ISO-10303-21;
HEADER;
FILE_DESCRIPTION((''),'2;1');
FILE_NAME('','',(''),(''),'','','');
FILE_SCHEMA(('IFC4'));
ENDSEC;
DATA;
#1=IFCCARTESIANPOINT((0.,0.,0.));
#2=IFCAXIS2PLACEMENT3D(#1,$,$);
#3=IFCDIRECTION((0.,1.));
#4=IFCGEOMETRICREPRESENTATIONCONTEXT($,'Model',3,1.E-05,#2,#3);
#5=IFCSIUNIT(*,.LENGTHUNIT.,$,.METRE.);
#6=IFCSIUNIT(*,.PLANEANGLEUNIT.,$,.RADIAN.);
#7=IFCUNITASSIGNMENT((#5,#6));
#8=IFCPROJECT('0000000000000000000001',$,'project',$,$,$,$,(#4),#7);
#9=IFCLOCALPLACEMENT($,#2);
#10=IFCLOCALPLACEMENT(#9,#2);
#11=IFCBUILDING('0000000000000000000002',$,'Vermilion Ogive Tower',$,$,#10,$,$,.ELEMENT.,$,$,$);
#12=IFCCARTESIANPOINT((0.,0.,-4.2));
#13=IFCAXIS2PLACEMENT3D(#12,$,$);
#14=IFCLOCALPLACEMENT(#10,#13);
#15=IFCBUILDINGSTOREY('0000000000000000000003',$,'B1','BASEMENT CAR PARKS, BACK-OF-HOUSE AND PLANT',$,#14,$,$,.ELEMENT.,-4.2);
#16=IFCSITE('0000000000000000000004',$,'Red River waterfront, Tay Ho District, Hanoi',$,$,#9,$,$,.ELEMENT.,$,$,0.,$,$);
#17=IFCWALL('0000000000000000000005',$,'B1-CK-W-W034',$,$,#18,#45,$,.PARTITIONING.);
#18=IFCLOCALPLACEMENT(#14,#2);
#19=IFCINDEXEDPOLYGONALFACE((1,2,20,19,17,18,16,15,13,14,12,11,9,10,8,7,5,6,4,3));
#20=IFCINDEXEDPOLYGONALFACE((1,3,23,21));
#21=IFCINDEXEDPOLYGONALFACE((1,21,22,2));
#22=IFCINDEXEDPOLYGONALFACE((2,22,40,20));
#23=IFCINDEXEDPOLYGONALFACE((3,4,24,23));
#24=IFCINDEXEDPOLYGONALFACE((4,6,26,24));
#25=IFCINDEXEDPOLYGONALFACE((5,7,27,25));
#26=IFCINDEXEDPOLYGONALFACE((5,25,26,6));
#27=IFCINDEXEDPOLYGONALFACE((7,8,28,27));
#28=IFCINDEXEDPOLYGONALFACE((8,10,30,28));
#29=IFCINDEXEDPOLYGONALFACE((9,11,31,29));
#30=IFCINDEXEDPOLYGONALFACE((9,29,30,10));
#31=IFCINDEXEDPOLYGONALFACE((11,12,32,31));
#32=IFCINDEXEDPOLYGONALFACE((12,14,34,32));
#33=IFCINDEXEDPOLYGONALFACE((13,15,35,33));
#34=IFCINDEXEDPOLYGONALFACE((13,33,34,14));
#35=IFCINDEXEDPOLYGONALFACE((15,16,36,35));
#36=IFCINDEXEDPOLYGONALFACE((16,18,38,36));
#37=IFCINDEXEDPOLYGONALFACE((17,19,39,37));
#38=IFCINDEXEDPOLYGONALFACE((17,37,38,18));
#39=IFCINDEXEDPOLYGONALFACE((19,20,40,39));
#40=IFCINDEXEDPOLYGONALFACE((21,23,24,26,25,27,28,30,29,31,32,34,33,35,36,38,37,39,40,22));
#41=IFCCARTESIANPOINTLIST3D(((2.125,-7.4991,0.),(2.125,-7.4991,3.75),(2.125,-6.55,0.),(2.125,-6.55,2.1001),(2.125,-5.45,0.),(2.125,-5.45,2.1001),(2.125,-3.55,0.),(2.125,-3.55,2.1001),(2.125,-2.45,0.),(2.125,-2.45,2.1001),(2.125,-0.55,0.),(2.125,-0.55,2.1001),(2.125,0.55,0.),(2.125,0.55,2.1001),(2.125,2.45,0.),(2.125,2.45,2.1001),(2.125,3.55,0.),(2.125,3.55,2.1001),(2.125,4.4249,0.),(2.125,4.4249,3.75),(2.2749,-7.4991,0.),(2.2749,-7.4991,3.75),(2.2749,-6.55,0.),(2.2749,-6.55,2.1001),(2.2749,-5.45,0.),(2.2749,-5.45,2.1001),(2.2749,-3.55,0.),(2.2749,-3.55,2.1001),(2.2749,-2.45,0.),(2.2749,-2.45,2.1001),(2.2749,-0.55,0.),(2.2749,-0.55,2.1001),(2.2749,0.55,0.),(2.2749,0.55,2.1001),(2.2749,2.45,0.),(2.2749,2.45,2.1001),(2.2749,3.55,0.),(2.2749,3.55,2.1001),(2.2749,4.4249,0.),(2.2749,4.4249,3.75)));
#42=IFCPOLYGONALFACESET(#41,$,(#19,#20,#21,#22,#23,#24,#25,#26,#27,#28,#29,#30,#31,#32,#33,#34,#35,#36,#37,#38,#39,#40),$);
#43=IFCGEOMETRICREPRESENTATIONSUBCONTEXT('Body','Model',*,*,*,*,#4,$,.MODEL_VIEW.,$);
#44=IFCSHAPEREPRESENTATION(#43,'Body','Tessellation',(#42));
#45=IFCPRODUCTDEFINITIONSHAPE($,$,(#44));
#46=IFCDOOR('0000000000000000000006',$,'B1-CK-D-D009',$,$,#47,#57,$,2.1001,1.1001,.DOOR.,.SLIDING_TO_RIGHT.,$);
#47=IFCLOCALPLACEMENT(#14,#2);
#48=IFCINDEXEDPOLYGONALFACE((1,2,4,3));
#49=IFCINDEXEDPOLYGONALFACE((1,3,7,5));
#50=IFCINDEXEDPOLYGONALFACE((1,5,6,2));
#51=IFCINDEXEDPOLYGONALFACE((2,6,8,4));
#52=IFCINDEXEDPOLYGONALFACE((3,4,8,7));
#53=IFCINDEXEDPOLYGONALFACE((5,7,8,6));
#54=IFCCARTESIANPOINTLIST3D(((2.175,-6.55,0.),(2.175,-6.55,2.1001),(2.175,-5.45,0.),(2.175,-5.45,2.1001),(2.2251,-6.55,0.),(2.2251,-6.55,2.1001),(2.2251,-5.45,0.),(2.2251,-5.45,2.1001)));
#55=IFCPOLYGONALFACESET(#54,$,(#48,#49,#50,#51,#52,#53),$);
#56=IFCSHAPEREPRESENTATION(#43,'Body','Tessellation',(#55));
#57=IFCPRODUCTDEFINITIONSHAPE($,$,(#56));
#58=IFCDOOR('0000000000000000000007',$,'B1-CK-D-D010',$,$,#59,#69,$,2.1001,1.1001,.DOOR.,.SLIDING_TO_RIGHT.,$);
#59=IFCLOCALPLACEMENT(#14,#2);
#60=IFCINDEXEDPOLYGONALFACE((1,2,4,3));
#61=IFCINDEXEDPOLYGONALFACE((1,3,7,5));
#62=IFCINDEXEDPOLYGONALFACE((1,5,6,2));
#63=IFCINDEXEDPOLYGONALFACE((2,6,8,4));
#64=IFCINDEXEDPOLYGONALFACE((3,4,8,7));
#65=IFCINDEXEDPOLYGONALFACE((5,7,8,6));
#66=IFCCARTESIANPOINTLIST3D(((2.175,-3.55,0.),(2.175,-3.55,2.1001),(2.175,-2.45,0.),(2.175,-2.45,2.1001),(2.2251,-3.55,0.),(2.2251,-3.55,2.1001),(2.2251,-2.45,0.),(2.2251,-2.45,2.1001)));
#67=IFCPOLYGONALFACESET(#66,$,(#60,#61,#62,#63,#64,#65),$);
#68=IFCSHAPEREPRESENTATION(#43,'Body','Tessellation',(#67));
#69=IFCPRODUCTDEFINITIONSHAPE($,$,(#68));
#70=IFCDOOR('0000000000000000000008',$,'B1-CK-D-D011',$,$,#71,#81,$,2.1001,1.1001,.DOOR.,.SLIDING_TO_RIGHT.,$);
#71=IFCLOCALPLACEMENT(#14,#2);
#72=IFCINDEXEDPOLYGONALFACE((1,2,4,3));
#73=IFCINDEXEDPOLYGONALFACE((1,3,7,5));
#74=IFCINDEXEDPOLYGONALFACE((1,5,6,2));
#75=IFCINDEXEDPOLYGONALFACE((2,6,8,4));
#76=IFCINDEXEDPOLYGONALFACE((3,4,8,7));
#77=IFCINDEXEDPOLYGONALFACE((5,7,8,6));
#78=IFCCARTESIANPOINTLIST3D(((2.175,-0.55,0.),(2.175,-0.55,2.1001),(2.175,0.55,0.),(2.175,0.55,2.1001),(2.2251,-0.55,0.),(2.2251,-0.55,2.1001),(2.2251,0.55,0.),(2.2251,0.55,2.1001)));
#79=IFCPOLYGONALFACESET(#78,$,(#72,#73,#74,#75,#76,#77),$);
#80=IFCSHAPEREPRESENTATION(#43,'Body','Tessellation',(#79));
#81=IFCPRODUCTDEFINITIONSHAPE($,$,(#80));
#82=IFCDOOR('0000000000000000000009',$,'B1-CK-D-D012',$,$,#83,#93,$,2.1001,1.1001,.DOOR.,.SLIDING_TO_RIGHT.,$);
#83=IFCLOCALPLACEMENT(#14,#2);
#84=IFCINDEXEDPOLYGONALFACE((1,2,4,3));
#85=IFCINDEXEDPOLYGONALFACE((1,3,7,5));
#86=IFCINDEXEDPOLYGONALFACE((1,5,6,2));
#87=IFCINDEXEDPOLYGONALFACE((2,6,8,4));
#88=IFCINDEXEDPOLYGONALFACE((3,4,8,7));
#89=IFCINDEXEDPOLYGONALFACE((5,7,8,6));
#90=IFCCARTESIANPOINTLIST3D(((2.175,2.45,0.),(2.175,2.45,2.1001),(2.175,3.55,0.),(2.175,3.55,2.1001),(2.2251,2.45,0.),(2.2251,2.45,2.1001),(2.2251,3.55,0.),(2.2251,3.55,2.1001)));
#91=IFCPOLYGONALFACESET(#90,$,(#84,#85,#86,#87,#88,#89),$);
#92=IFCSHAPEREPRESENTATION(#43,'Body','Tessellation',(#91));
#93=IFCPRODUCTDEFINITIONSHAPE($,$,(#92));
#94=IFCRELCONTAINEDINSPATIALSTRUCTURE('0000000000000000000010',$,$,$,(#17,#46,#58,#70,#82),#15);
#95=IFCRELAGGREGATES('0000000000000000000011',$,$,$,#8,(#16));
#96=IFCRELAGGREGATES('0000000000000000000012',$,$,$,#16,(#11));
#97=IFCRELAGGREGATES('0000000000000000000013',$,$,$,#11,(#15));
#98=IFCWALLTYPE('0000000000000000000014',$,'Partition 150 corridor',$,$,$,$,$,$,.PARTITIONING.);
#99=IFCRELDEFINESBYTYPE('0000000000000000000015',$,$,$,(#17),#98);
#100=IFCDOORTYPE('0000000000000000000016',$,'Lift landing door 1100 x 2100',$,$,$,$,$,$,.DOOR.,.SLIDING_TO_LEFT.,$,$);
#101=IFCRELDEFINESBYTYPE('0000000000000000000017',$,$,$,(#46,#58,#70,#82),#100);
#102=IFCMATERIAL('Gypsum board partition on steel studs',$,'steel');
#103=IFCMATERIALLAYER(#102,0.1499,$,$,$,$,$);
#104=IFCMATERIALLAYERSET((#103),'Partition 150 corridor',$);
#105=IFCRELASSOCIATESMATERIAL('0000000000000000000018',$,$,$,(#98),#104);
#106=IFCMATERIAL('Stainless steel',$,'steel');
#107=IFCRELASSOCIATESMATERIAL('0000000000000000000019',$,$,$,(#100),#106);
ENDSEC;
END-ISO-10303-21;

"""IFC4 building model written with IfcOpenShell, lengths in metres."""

from ifc_helpers import new_model, si_unit, direction, frame, frame_2d, origin, place, context, subcontext, project, spatial, rectangle, extrude, material, layer, layer_set, type_object, element, fill, save


model = new_model("IFC4")

# Units and contexts
model_context = context("Model", 3, precision=1e-05, world=origin(), true_north=direction((0.0, 1.0)))
body_context = subcontext(model_context, "Body", "Model", "MODEL_VIEW")
ifc_project = project(units=[si_unit("LENGTHUNIT", "METRE"), si_unit("PLANEANGLEUNIT", "RADIAN")], contexts=[model_context])

# Site, building, storey
site_placement = place(None, origin())
site = spatial("IfcSite", under=ifc_project, at=site_placement, Name="Red River waterfront, Tay Ho District, Hanoi", CompositionType="ELEMENT", RefElevation=0.0)
building_placement = place(site_placement, origin())
building = spatial("IfcBuilding", under=site, at=building_placement, Name="Vermilion Ogive Tower", CompositionType="ELEMENT")
storey_placement = place(building_placement, frame((0.0, 0.0, -4.2)))
storey = spatial("IfcBuildingStorey", under=building, at=storey_placement, Name="B1", Description="BASEMENT CAR PARKS, BACK-OF-HOUSE AND PLANT", CompositionType="ELEMENT", Elevation=-4.2)

# Shared definitions
ifc_material_1 = material(Name="Gypsum board partition on steel studs", Category="steel")
ifc_layer_1 = layer(ifc_material_1, 0.1499)
ifc_layer_set_1 = layer_set([ifc_layer_1], Name="Partition 150 corridor")
wall_type_1 = type_object("IfcWallType", Name="Partition 150 corridor", PredefinedType="PARTITIONING", material=ifc_layer_set_1)

# Wall, openings, doors
wall_1_placement = place(storey_placement, frame((2.2, -7.499, 0.0), z_axis=(0.0, 0.0, 1.0), x_axis=(0.0, 1.0, 0.0)))
wall_1 = element("IfcWall", 1, at=wall_1_placement, inside=storey, type_object=wall_type_1, Name="B1-CK-W-W034", PredefinedType="PARTITIONING", context=body_context, shape_type="SweptSolid", body=[
    extrude(rectangle(XDim=11.9241, YDim=0.1499, at=frame_2d((5.9619, 0.0))), origin(), (0.0, 0.0, 1.0), 3.75),
])
opening_1_placement = place(wall_1_placement, frame((0.949, 0.0, 0.0)))
opening_1 = element("IfcOpeningElement", 2, at=opening_1_placement, cuts=wall_1, PredefinedType="OPENING", context=body_context, shape_type="SweptSolid", body=[
    extrude(rectangle(XDim=1.1001, YDim=2.1001, at=frame_2d((0.55, 1.05))), frame((0.0, 0.085, 0.0), z_axis=(0.0, -1.0, 0.0), x_axis=(1.0, 0.0, 0.0)), (0.0, 0.0, 1.0), 0.1699),
])
opening_2_placement = place(wall_1_placement, frame((3.949, 0.0, 0.0)))
opening_2 = element("IfcOpeningElement", 3, at=opening_2_placement, cuts=wall_1, PredefinedType="OPENING", context=body_context, shape_type="SweptSolid", body=[
    extrude(rectangle(XDim=1.1001, YDim=2.1001, at=frame_2d((0.55, 1.05))), frame((0.0, 0.085, 0.0), z_axis=(0.0, -1.0, 0.0), x_axis=(1.0, 0.0, 0.0)), (0.0, 0.0, 1.0), 0.1699),
])
opening_3_placement = place(wall_1_placement, frame((6.949, 0.0, 0.0)))
opening_3 = element("IfcOpeningElement", 4, at=opening_3_placement, cuts=wall_1, PredefinedType="OPENING", context=body_context, shape_type="SweptSolid", body=[
    extrude(rectangle(XDim=1.1001, YDim=2.1001, at=frame_2d((0.55, 1.05))), frame((0.0, 0.085, 0.0), z_axis=(0.0, -1.0, 0.0), x_axis=(1.0, 0.0, 0.0)), (0.0, 0.0, 1.0), 0.1699),
])
opening_4_placement = place(wall_1_placement, frame((9.949, 0.0, 0.0)))
opening_4 = element("IfcOpeningElement", 5, at=opening_4_placement, cuts=wall_1, PredefinedType="OPENING", context=body_context, shape_type="SweptSolid", body=[
    extrude(rectangle(XDim=1.1001, YDim=2.1001, at=frame_2d((0.55, 1.05))), frame((0.0, 0.085, 0.0), z_axis=(0.0, -1.0, 0.0), x_axis=(1.0, 0.0, 0.0)), (0.0, 0.0, 1.0), 0.1699),
])
ifc_material_2 = material(Name="Stainless steel", Category="steel")
door_type = type_object("IfcDoorType", Name="Lift landing door 1100 x 2100", OperationType="SLIDING_TO_LEFT", PredefinedType="DOOR", material=ifc_material_2)
door_1_placement = place(opening_1_placement, origin())
door_1 = element("IfcDoor", 6, at=door_1_placement, inside=storey, type_object=door_type, Name="B1-CK-D-D009", OperationType="SLIDING_TO_RIGHT", OverallHeight=2.1001, OverallWidth=1.1001, PredefinedType="DOOR", context=body_context, shape_type="SweptSolid", body=[
    extrude(rectangle(XDim=1.1001, YDim=2.1001, at=frame_2d((0.55, 1.05))), frame((0.0, 0.0249, 0.0), z_axis=(0.0, -1.0, 0.0), x_axis=(1.0, 0.0, 0.0)), (0.0, 0.0, 1.0), 0.05),
])
fill(opening_1, door_1)
door_2_placement = place(opening_2_placement, origin())
door_2 = element("IfcDoor", 7, at=door_2_placement, inside=storey, type_object=door_type, Name="B1-CK-D-D010", OperationType="SLIDING_TO_RIGHT", OverallHeight=2.1001, OverallWidth=1.1001, PredefinedType="DOOR", context=body_context, shape_type="SweptSolid", body=[
    extrude(rectangle(XDim=1.1001, YDim=2.1001, at=frame_2d((0.55, 1.05))), frame((0.0, 0.0249, 0.0), z_axis=(0.0, -1.0, 0.0), x_axis=(1.0, 0.0, 0.0)), (0.0, 0.0, 1.0), 0.05),
])
fill(opening_2, door_2)
door_3_placement = place(opening_3_placement, origin())
door_3 = element("IfcDoor", 8, at=door_3_placement, inside=storey, type_object=door_type, Name="B1-CK-D-D011", OperationType="SLIDING_TO_RIGHT", OverallHeight=2.1001, OverallWidth=1.1001, PredefinedType="DOOR", context=body_context, shape_type="SweptSolid", body=[
    extrude(rectangle(XDim=1.1001, YDim=2.1001, at=frame_2d((0.55, 1.05))), frame((0.0, 0.0249, 0.0), z_axis=(0.0, -1.0, 0.0), x_axis=(1.0, 0.0, 0.0)), (0.0, 0.0, 1.0), 0.05),
])
fill(opening_3, door_3)
door_4_placement = place(opening_4_placement, origin())
door_4 = element("IfcDoor", 9, at=door_4_placement, inside=storey, type_object=door_type, Name="B1-CK-D-D012", OperationType="SLIDING_TO_RIGHT", OverallHeight=2.1001, OverallWidth=1.1001, PredefinedType="DOOR", context=body_context, shape_type="SweptSolid", body=[
    extrude(rectangle(XDim=1.1001, YDim=2.1001, at=frame_2d((0.55, 1.05))), frame((0.0, 0.0249, 0.0), z_axis=(0.0, -1.0, 0.0), x_axis=(1.0, 0.0, 0.0)), (0.0, 0.0, 1.0), 0.05),
])
fill(opening_4, door_4)

save(model, "model.ifc")
